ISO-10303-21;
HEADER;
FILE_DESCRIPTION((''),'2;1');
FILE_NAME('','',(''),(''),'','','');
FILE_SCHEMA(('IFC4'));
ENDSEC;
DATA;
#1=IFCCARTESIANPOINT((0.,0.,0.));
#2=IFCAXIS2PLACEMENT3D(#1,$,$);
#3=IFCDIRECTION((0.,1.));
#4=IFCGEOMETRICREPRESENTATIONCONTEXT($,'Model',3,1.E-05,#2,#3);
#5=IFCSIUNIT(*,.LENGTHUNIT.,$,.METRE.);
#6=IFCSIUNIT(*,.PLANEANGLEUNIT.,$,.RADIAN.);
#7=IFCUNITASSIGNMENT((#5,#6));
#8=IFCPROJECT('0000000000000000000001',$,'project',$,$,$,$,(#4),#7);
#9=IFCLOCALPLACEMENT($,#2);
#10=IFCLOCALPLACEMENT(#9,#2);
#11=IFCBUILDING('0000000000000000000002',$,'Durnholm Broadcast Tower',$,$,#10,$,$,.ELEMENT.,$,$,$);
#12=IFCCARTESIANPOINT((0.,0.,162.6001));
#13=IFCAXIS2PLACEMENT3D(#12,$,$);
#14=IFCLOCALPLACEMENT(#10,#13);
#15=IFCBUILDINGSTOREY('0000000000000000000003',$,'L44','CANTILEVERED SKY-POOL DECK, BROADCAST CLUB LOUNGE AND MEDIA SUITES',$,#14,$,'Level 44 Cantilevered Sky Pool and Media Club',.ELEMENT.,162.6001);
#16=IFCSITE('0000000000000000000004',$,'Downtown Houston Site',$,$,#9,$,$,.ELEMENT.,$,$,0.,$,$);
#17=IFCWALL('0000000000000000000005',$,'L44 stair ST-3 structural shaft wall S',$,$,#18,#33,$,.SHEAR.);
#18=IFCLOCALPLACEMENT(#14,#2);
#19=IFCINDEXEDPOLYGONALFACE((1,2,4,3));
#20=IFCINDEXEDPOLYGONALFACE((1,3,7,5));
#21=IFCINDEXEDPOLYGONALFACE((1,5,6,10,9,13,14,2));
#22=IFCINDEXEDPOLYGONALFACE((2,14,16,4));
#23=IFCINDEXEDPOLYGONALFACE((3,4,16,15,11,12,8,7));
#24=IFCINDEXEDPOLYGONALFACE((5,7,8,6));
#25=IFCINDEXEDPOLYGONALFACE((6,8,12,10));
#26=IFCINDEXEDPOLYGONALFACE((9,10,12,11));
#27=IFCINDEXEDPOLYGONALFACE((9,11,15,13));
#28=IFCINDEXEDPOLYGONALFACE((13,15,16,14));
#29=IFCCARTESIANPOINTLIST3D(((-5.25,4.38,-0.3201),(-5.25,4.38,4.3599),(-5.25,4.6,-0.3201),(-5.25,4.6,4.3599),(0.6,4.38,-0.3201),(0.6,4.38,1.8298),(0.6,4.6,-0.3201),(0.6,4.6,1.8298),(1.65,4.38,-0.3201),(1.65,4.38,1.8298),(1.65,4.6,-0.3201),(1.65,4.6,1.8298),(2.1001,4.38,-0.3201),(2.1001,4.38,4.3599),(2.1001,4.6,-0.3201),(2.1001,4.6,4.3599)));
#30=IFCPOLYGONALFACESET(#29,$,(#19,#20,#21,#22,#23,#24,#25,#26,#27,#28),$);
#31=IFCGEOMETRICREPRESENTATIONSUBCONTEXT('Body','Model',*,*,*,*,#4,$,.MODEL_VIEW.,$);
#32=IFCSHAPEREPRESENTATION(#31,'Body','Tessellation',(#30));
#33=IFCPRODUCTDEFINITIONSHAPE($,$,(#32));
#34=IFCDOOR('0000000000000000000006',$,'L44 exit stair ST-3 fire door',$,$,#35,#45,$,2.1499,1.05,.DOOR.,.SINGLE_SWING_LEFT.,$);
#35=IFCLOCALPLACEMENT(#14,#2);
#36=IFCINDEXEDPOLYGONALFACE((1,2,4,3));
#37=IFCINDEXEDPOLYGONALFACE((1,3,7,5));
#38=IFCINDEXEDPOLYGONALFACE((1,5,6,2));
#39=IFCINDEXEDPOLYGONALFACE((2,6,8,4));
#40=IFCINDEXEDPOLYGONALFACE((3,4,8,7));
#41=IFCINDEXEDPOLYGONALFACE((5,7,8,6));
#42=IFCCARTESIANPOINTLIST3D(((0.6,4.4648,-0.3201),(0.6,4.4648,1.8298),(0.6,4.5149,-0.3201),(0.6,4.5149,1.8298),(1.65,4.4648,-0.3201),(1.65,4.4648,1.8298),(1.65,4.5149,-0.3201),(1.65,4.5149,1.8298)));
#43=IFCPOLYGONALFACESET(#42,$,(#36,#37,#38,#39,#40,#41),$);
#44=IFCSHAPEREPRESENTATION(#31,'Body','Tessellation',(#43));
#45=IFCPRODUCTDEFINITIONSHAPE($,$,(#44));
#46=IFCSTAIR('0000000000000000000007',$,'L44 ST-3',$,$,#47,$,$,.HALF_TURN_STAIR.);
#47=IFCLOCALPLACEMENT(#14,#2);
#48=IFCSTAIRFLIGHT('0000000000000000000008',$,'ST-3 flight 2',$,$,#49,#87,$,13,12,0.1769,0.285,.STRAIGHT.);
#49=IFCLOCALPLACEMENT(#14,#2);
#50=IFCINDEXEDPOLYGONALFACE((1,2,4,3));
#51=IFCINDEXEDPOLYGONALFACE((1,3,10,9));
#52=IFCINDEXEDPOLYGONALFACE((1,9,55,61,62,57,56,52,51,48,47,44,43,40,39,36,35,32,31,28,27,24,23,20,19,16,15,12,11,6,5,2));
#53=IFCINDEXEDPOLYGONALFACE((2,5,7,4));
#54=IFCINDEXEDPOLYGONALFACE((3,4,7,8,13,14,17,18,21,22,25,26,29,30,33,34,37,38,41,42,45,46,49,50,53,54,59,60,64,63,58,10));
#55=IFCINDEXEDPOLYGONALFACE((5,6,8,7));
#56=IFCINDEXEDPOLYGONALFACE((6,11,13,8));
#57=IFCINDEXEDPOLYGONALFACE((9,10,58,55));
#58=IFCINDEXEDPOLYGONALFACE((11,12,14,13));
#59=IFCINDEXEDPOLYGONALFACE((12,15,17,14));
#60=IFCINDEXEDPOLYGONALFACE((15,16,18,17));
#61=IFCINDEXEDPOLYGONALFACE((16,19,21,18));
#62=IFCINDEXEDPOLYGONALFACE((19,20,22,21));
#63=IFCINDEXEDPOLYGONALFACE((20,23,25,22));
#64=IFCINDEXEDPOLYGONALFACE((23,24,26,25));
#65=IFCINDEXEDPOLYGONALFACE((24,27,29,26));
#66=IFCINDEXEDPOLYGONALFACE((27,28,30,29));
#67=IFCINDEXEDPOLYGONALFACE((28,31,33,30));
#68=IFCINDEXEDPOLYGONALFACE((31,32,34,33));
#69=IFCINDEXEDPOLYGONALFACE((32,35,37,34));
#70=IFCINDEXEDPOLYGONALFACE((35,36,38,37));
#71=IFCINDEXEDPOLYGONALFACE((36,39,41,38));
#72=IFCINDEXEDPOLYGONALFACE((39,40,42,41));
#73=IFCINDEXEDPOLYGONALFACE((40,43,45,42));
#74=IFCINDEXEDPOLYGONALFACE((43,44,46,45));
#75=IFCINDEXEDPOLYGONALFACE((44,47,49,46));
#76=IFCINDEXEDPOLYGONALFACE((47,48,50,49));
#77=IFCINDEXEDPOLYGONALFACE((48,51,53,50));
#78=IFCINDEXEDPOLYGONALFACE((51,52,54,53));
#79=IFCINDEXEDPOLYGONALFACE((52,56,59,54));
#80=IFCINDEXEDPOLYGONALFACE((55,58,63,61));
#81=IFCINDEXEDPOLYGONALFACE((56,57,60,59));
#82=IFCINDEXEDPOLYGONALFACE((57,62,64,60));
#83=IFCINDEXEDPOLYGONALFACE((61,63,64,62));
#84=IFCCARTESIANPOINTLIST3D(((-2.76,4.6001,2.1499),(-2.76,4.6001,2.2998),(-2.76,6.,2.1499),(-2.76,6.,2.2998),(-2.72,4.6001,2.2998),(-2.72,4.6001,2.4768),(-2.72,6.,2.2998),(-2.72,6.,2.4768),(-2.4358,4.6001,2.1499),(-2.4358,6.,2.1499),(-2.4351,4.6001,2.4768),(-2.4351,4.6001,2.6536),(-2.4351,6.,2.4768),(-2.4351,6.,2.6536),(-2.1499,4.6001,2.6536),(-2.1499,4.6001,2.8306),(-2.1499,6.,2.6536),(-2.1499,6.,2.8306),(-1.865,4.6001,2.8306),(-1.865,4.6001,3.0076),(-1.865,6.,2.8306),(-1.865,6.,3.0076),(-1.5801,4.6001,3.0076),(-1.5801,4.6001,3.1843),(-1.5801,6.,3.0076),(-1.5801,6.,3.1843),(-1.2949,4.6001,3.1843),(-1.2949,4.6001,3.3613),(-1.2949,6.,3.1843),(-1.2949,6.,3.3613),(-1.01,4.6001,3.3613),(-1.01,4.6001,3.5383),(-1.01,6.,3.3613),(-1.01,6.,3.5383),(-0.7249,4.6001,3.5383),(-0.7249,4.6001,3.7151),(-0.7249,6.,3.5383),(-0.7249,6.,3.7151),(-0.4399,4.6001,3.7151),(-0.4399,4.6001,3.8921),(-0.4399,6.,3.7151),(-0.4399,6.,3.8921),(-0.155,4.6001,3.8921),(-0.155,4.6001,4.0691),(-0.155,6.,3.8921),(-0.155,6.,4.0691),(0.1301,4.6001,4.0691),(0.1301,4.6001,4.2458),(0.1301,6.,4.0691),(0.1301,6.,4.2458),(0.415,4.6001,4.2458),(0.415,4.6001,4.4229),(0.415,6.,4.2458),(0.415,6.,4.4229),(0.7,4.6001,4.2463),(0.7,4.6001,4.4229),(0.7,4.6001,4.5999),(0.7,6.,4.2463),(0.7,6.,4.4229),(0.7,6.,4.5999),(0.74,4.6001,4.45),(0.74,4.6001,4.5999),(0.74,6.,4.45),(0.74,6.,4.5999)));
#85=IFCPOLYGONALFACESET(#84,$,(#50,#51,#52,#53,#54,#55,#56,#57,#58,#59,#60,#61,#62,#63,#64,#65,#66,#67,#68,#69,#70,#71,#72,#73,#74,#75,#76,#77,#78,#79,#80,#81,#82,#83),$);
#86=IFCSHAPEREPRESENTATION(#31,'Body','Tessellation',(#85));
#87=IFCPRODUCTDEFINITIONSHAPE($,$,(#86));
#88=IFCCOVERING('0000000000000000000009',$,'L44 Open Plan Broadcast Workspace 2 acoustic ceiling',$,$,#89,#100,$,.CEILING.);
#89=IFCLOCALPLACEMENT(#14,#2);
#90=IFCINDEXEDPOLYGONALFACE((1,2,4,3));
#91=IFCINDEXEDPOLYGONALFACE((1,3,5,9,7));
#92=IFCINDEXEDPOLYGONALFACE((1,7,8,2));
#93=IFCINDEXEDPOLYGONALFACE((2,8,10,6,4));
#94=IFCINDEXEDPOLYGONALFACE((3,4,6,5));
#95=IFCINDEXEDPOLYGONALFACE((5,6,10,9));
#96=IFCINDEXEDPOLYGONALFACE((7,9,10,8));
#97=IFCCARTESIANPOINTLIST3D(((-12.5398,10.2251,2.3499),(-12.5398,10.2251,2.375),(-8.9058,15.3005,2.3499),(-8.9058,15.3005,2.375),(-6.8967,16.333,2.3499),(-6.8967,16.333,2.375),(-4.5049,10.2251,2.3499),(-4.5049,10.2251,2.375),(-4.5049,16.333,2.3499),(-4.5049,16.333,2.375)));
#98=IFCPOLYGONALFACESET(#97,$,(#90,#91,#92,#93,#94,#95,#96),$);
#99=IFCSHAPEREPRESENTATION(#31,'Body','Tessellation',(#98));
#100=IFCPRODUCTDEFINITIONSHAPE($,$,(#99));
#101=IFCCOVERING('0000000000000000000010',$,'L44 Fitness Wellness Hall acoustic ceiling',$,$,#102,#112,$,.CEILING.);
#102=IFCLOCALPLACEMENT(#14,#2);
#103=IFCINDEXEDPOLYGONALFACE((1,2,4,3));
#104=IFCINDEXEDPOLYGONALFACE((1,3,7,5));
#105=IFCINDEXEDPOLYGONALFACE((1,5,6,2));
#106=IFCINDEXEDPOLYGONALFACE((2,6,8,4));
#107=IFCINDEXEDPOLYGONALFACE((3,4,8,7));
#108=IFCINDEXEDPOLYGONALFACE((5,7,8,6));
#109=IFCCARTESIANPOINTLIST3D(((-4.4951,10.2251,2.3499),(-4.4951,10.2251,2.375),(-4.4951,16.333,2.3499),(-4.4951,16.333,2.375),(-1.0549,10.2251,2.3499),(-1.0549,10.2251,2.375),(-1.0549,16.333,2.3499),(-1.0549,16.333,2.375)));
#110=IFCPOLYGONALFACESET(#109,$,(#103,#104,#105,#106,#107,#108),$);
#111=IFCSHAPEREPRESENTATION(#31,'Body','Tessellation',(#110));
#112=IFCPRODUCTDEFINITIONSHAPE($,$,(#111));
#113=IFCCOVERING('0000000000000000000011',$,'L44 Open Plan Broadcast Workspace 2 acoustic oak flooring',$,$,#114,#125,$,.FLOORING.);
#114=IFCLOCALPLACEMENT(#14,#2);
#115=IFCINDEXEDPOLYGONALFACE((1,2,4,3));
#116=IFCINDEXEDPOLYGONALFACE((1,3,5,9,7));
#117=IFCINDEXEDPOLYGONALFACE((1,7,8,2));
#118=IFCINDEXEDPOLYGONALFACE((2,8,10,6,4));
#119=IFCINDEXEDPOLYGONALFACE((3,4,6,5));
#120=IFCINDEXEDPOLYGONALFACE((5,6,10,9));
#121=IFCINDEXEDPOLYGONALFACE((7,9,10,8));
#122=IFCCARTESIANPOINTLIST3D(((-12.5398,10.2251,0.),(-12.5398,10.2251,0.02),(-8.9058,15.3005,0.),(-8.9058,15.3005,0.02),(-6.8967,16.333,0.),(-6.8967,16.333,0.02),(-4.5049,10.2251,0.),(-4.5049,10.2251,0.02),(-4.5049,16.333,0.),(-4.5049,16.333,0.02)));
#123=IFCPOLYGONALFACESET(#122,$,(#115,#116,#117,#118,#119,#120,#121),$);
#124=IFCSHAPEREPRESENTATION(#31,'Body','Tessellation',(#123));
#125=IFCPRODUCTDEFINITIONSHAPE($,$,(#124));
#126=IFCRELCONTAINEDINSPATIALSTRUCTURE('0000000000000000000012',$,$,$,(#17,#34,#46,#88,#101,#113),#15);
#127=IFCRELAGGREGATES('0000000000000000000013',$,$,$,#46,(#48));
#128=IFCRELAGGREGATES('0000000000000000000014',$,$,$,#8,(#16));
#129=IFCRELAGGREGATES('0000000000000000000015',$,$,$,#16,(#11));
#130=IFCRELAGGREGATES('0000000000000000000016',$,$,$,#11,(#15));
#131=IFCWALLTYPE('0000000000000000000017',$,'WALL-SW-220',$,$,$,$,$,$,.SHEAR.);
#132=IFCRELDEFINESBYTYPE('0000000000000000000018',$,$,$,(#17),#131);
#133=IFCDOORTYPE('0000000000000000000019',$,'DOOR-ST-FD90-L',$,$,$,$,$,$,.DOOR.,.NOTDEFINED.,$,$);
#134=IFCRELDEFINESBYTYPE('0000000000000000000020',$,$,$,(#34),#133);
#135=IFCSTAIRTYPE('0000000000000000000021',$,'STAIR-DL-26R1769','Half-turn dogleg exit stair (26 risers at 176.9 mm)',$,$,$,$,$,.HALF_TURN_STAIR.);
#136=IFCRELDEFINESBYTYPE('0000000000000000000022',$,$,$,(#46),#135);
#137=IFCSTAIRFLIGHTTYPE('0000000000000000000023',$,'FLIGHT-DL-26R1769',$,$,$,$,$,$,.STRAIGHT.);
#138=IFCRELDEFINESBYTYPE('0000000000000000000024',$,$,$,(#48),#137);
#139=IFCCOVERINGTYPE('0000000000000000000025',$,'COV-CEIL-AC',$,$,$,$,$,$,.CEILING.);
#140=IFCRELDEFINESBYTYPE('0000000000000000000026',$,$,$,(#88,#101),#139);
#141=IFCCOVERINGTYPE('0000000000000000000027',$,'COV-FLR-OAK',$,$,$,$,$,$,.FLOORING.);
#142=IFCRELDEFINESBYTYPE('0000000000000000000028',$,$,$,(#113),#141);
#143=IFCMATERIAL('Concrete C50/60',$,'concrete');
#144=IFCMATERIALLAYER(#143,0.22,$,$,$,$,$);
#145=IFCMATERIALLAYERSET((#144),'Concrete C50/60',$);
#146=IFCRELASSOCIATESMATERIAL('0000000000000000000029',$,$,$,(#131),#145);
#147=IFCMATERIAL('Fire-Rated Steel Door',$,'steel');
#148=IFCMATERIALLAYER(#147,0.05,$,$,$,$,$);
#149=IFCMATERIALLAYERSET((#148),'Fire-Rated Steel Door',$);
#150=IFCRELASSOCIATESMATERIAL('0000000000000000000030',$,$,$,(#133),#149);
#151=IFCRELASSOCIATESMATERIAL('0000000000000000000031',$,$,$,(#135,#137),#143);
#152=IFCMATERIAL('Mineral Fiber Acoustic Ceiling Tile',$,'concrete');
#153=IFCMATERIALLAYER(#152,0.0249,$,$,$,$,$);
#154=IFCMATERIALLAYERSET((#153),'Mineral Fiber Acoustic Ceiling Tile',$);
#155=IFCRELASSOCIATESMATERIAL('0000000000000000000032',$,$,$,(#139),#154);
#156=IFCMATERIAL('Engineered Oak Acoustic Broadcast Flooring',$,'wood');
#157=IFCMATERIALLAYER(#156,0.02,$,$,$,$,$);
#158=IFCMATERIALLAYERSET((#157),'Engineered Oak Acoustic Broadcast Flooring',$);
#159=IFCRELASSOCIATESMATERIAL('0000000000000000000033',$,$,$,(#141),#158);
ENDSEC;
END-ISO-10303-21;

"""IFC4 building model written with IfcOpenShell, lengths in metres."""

from ifc_helpers import new_model, si_unit, direction, frame, frame_2d, origin, place, context, subcontext, project, spatial, polyline, rectangle, outline, extrude, source, transform, mapped, material, layer, layer_set, type_object, type_shapes, element, fill, aggregate, save


model = new_model("IFC4")

# Units and contexts
model_context = context("Model", 3, precision=1e-05, world=origin(), true_north=direction((0.0, 1.0)))
body_context = subcontext(model_context, "Body", "Model", "MODEL_VIEW")
ifc_project = project(units=[si_unit("LENGTHUNIT", "METRE"), si_unit("PLANEANGLEUNIT", "RADIAN")], contexts=[model_context])

# Site, building, storey
site_placement = place(None, origin())
site = spatial("IfcSite", under=ifc_project, at=site_placement, Name="Downtown Houston Site", CompositionType="ELEMENT", RefElevation=0.0)
building_placement = place(site_placement, origin())
building = spatial("IfcBuilding", under=site, at=building_placement, Name="Durnholm Broadcast Tower", CompositionType="ELEMENT")
storey_placement = place(building_placement, frame((0.0, 0.0, 162.6001)))
storey = spatial("IfcBuildingStorey", under=building, at=storey_placement, Name="L44", Description="CANTILEVERED SKY-POOL DECK, BROADCAST CLUB LOUNGE AND MEDIA SUITES", LongName="Level 44 Cantilevered Sky Pool and Media Club", CompositionType="ELEMENT", Elevation=162.6001)

# Shared definitions
ifc_material_1 = material(Name="Concrete C50/60", Category="concrete")
ifc_layer_1 = layer(ifc_material_1, 0.22)
ifc_layer_set_1 = layer_set([ifc_layer_1], Name="Concrete C50/60")
wall_type_1 = type_object("IfcWallType", Name="WALL-SW-220", PredefinedType="SHEAR", material=ifc_layer_set_1)

# Wall, opening, door
wall_1_placement = place(storey_placement, frame((-5.25, 4.49, -0.3201), z_axis=(0.0, 0.0, 1.0), x_axis=(1.0, 0.0, 0.0)))
wall_1 = element("IfcWall", 1, at=wall_1_placement, inside=storey, type_object=wall_type_1, Name="L44 stair ST-3 structural shaft wall S", PredefinedType="SHEAR", context=body_context, shape_type="SweptSolid", body=[
    extrude(rectangle(XDim=7.3501, YDim=0.22, at=frame_2d((3.675, 0.0))), origin(), (0.0, 0.0, 1.0), 4.6799),
])
opening_1_placement = place(wall_1_placement, frame((5.8501, 0.0, 0.0)))
opening_1 = element("IfcOpeningElement", 2, at=opening_1_placement, cuts=wall_1, PredefinedType="OPENING", context=body_context, shape_type="SweptSolid", body=[
    extrude(rectangle(XDim=1.05, YDim=2.1499, at=frame_2d((0.5249, 1.075))), frame((0.0, 0.1201, 0.0), z_axis=(0.0, -1.0, 0.0), x_axis=(1.0, 0.0, 0.0)), (0.0, 0.0, 1.0), 0.24),
])
ifc_material_2 = material(Name="Fire-Rated Steel Door", Category="steel")
ifc_layer_2 = layer(ifc_material_2, 0.05)
ifc_layer_set_2 = layer_set([ifc_layer_2], Name="Fire-Rated Steel Door")
door_type_1 = type_object("IfcDoorType", Name="DOOR-ST-FD90-L", OperationType="NOTDEFINED", PredefinedType="DOOR", material=ifc_layer_set_2)
shared_shape_1 = source(origin(), body_context, "Body", "SweptSolid", [
    extrude(rectangle(XDim=1.05, YDim=2.1499, at=frame_2d((0.5249, 1.075))), frame((0.0, 0.0249, 0.0), z_axis=(0.0, -1.0, 0.0), x_axis=(1.0, 0.0, 0.0)), (0.0, 0.0, 1.0), 0.05),
])
type_shapes(door_type_1, [shared_shape_1])
door_1_placement = place(opening_1_placement, origin())
door_1 = element("IfcDoor", 3, at=door_1_placement, inside=storey, type_object=door_type_1, Name="L44 exit stair ST-3 fire door", OperationType="SINGLE_SWING_LEFT", OverallHeight=2.1499, OverallWidth=1.05, PredefinedType="DOOR", context=body_context, shape_type="MappedRepresentation", body=[
    mapped(shared_shape_1, transform((0.0, 0.0, 0.0), x_axis=(1.0, 0.0, 0.0), y_axis=(0.0, 1.0, 0.0), z_axis=(0.0, 0.0, 1.0), scale=1.0)),
])
fill(opening_1, door_1)

# Stair, stair flight
stair_type = type_object("IfcStairType", Name="STAIR-DL-26R1769", Description="Half-turn dogleg exit stair (26 risers at 176.9 mm)", PredefinedType="HALF_TURN_STAIR", material=ifc_material_1)
stair_placement = place(storey_placement, origin())
stair = element("IfcStair", 4, at=stair_placement, inside=storey, type_object=stair_type, Name="L44 ST-3", PredefinedType="HALF_TURN_STAIR")
stair_flight_type = type_object("IfcStairFlightType", Name="FLIGHT-DL-26R1769", PredefinedType="STRAIGHT", material=ifc_material_1)
stair_flight_placement = place(storey_placement, frame((-2.72, 5.3, 2.2998), z_axis=(0.0, 0.0, 1.0), x_axis=(1.0, 0.0, 0.0)))
stair_flight = element("IfcStairFlight", 5, at=stair_flight_placement, type_object=stair_flight_type, Name="ST-3 flight 2", NumberOfRisers=13, NumberOfTreads=12, PredefinedType="STRAIGHT", RiserHeight=0.1769, TreadLength=0.285, context=body_context, shape_type="SweptSolid", body=[
    extrude(outline(polyline([(-0.04, -0.1499), (-0.04, 0.0), (0.0, 0.0), (0.0, 0.177), (0.2849, 0.177), (0.2849, 0.3538), (0.5701, 0.3538), (0.5701, 0.5308), (0.855, 0.5308), (0.855, 0.7078), (1.1399, 0.7078), (1.1399, 0.8845), (1.425, 0.8845), (1.425, 1.0615), (1.71, 1.0615), (1.71, 1.2385), (1.9951, 1.2385), (1.9951, 1.4153), (2.28, 1.4153), (2.28, 1.5923), (2.5649, 1.5923), (2.5649, 1.7693), (2.8501, 1.7693), (2.8501, 1.946), (3.135, 1.946), (3.135, 2.123), (3.4199, 2.123), (3.4199, 2.3), (3.46, 2.3), (3.46, 2.1501), (3.4199, 1.9465), (0.2842, -0.1499), (-0.04, -0.1499)])), frame((0.0, 0.7, 0.0), z_axis=(0.0, -1.0, 0.0), x_axis=(1.0, 0.0, 0.0)), (0.0, 0.0, 1.0), 1.3999),
])
aggregate(stair, [stair_flight])

# Coverings
ifc_material_3 = material(Name="Mineral Fiber Acoustic Ceiling Tile", Category="concrete")
ifc_layer_3 = layer(ifc_material_3, 0.0249)
ifc_layer_set_3 = layer_set([ifc_layer_3], Name="Mineral Fiber Acoustic Ceiling Tile")
covering_type_1 = type_object("IfcCoveringType", Name="COV-CEIL-AC", PredefinedType="CEILING", material=ifc_layer_set_3)
covering_1_placement = place(storey_placement, frame((0.0, 0.0, 2.3499)))
element("IfcCovering", 6, at=covering_1_placement, inside=storey, type_object=covering_type_1, Name="L44 Open Plan Broadcast Workspace 2 acoustic ceiling", PredefinedType="CEILING", context=body_context, shape_type="SweptSolid", body=[
    extrude(outline(polyline([(-4.5049, 10.2251), (-4.5049, 16.333), (-6.8967, 16.333), (-8.9058, 15.3005), (-12.5398, 10.2251), (-4.5049, 10.2251)])), origin(), (0.0, 0.0, 1.0), 0.0251),
])
covering_2_placement = place(storey_placement, frame((0.0, 0.0, 2.3499)))
element("IfcCovering", 7, at=covering_2_placement, inside=storey, type_object=covering_type_1, Name="L44 Fitness Wellness Hall acoustic ceiling", PredefinedType="CEILING", context=body_context, shape_type="SweptSolid", body=[
    extrude(outline(polyline([(-1.0549, 16.333), (-4.4951, 16.333), (-4.4951, 10.2251), (-1.0549, 10.2251), (-1.0549, 16.333)])), origin(), (0.0, 0.0, 1.0), 0.0251),
])
ifc_material_4 = material(Name="Engineered Oak Acoustic Broadcast Flooring", Category="wood")
ifc_layer_4 = layer(ifc_material_4, 0.02)
ifc_layer_set_4 = layer_set([ifc_layer_4], Name="Engineered Oak Acoustic Broadcast Flooring")
covering_type_2 = type_object("IfcCoveringType", Name="COV-FLR-OAK", PredefinedType="FLOORING", material=ifc_layer_set_4)
covering_3_placement = place(storey_placement, origin())
element("IfcCovering", 8, at=covering_3_placement, inside=storey, type_object=covering_type_2, Name="L44 Open Plan Broadcast Workspace 2 acoustic oak flooring", PredefinedType="FLOORING", context=body_context, shape_type="SweptSolid", body=[
    extrude(outline(polyline([(-4.5049, 10.2251), (-4.5049, 16.333), (-6.8967, 16.333), (-8.9058, 15.3005), (-12.5398, 10.2251), (-4.5049, 10.2251)])), origin(), (0.0, 0.0, 1.0), 0.02),
])

save(model, "model.ifc")
